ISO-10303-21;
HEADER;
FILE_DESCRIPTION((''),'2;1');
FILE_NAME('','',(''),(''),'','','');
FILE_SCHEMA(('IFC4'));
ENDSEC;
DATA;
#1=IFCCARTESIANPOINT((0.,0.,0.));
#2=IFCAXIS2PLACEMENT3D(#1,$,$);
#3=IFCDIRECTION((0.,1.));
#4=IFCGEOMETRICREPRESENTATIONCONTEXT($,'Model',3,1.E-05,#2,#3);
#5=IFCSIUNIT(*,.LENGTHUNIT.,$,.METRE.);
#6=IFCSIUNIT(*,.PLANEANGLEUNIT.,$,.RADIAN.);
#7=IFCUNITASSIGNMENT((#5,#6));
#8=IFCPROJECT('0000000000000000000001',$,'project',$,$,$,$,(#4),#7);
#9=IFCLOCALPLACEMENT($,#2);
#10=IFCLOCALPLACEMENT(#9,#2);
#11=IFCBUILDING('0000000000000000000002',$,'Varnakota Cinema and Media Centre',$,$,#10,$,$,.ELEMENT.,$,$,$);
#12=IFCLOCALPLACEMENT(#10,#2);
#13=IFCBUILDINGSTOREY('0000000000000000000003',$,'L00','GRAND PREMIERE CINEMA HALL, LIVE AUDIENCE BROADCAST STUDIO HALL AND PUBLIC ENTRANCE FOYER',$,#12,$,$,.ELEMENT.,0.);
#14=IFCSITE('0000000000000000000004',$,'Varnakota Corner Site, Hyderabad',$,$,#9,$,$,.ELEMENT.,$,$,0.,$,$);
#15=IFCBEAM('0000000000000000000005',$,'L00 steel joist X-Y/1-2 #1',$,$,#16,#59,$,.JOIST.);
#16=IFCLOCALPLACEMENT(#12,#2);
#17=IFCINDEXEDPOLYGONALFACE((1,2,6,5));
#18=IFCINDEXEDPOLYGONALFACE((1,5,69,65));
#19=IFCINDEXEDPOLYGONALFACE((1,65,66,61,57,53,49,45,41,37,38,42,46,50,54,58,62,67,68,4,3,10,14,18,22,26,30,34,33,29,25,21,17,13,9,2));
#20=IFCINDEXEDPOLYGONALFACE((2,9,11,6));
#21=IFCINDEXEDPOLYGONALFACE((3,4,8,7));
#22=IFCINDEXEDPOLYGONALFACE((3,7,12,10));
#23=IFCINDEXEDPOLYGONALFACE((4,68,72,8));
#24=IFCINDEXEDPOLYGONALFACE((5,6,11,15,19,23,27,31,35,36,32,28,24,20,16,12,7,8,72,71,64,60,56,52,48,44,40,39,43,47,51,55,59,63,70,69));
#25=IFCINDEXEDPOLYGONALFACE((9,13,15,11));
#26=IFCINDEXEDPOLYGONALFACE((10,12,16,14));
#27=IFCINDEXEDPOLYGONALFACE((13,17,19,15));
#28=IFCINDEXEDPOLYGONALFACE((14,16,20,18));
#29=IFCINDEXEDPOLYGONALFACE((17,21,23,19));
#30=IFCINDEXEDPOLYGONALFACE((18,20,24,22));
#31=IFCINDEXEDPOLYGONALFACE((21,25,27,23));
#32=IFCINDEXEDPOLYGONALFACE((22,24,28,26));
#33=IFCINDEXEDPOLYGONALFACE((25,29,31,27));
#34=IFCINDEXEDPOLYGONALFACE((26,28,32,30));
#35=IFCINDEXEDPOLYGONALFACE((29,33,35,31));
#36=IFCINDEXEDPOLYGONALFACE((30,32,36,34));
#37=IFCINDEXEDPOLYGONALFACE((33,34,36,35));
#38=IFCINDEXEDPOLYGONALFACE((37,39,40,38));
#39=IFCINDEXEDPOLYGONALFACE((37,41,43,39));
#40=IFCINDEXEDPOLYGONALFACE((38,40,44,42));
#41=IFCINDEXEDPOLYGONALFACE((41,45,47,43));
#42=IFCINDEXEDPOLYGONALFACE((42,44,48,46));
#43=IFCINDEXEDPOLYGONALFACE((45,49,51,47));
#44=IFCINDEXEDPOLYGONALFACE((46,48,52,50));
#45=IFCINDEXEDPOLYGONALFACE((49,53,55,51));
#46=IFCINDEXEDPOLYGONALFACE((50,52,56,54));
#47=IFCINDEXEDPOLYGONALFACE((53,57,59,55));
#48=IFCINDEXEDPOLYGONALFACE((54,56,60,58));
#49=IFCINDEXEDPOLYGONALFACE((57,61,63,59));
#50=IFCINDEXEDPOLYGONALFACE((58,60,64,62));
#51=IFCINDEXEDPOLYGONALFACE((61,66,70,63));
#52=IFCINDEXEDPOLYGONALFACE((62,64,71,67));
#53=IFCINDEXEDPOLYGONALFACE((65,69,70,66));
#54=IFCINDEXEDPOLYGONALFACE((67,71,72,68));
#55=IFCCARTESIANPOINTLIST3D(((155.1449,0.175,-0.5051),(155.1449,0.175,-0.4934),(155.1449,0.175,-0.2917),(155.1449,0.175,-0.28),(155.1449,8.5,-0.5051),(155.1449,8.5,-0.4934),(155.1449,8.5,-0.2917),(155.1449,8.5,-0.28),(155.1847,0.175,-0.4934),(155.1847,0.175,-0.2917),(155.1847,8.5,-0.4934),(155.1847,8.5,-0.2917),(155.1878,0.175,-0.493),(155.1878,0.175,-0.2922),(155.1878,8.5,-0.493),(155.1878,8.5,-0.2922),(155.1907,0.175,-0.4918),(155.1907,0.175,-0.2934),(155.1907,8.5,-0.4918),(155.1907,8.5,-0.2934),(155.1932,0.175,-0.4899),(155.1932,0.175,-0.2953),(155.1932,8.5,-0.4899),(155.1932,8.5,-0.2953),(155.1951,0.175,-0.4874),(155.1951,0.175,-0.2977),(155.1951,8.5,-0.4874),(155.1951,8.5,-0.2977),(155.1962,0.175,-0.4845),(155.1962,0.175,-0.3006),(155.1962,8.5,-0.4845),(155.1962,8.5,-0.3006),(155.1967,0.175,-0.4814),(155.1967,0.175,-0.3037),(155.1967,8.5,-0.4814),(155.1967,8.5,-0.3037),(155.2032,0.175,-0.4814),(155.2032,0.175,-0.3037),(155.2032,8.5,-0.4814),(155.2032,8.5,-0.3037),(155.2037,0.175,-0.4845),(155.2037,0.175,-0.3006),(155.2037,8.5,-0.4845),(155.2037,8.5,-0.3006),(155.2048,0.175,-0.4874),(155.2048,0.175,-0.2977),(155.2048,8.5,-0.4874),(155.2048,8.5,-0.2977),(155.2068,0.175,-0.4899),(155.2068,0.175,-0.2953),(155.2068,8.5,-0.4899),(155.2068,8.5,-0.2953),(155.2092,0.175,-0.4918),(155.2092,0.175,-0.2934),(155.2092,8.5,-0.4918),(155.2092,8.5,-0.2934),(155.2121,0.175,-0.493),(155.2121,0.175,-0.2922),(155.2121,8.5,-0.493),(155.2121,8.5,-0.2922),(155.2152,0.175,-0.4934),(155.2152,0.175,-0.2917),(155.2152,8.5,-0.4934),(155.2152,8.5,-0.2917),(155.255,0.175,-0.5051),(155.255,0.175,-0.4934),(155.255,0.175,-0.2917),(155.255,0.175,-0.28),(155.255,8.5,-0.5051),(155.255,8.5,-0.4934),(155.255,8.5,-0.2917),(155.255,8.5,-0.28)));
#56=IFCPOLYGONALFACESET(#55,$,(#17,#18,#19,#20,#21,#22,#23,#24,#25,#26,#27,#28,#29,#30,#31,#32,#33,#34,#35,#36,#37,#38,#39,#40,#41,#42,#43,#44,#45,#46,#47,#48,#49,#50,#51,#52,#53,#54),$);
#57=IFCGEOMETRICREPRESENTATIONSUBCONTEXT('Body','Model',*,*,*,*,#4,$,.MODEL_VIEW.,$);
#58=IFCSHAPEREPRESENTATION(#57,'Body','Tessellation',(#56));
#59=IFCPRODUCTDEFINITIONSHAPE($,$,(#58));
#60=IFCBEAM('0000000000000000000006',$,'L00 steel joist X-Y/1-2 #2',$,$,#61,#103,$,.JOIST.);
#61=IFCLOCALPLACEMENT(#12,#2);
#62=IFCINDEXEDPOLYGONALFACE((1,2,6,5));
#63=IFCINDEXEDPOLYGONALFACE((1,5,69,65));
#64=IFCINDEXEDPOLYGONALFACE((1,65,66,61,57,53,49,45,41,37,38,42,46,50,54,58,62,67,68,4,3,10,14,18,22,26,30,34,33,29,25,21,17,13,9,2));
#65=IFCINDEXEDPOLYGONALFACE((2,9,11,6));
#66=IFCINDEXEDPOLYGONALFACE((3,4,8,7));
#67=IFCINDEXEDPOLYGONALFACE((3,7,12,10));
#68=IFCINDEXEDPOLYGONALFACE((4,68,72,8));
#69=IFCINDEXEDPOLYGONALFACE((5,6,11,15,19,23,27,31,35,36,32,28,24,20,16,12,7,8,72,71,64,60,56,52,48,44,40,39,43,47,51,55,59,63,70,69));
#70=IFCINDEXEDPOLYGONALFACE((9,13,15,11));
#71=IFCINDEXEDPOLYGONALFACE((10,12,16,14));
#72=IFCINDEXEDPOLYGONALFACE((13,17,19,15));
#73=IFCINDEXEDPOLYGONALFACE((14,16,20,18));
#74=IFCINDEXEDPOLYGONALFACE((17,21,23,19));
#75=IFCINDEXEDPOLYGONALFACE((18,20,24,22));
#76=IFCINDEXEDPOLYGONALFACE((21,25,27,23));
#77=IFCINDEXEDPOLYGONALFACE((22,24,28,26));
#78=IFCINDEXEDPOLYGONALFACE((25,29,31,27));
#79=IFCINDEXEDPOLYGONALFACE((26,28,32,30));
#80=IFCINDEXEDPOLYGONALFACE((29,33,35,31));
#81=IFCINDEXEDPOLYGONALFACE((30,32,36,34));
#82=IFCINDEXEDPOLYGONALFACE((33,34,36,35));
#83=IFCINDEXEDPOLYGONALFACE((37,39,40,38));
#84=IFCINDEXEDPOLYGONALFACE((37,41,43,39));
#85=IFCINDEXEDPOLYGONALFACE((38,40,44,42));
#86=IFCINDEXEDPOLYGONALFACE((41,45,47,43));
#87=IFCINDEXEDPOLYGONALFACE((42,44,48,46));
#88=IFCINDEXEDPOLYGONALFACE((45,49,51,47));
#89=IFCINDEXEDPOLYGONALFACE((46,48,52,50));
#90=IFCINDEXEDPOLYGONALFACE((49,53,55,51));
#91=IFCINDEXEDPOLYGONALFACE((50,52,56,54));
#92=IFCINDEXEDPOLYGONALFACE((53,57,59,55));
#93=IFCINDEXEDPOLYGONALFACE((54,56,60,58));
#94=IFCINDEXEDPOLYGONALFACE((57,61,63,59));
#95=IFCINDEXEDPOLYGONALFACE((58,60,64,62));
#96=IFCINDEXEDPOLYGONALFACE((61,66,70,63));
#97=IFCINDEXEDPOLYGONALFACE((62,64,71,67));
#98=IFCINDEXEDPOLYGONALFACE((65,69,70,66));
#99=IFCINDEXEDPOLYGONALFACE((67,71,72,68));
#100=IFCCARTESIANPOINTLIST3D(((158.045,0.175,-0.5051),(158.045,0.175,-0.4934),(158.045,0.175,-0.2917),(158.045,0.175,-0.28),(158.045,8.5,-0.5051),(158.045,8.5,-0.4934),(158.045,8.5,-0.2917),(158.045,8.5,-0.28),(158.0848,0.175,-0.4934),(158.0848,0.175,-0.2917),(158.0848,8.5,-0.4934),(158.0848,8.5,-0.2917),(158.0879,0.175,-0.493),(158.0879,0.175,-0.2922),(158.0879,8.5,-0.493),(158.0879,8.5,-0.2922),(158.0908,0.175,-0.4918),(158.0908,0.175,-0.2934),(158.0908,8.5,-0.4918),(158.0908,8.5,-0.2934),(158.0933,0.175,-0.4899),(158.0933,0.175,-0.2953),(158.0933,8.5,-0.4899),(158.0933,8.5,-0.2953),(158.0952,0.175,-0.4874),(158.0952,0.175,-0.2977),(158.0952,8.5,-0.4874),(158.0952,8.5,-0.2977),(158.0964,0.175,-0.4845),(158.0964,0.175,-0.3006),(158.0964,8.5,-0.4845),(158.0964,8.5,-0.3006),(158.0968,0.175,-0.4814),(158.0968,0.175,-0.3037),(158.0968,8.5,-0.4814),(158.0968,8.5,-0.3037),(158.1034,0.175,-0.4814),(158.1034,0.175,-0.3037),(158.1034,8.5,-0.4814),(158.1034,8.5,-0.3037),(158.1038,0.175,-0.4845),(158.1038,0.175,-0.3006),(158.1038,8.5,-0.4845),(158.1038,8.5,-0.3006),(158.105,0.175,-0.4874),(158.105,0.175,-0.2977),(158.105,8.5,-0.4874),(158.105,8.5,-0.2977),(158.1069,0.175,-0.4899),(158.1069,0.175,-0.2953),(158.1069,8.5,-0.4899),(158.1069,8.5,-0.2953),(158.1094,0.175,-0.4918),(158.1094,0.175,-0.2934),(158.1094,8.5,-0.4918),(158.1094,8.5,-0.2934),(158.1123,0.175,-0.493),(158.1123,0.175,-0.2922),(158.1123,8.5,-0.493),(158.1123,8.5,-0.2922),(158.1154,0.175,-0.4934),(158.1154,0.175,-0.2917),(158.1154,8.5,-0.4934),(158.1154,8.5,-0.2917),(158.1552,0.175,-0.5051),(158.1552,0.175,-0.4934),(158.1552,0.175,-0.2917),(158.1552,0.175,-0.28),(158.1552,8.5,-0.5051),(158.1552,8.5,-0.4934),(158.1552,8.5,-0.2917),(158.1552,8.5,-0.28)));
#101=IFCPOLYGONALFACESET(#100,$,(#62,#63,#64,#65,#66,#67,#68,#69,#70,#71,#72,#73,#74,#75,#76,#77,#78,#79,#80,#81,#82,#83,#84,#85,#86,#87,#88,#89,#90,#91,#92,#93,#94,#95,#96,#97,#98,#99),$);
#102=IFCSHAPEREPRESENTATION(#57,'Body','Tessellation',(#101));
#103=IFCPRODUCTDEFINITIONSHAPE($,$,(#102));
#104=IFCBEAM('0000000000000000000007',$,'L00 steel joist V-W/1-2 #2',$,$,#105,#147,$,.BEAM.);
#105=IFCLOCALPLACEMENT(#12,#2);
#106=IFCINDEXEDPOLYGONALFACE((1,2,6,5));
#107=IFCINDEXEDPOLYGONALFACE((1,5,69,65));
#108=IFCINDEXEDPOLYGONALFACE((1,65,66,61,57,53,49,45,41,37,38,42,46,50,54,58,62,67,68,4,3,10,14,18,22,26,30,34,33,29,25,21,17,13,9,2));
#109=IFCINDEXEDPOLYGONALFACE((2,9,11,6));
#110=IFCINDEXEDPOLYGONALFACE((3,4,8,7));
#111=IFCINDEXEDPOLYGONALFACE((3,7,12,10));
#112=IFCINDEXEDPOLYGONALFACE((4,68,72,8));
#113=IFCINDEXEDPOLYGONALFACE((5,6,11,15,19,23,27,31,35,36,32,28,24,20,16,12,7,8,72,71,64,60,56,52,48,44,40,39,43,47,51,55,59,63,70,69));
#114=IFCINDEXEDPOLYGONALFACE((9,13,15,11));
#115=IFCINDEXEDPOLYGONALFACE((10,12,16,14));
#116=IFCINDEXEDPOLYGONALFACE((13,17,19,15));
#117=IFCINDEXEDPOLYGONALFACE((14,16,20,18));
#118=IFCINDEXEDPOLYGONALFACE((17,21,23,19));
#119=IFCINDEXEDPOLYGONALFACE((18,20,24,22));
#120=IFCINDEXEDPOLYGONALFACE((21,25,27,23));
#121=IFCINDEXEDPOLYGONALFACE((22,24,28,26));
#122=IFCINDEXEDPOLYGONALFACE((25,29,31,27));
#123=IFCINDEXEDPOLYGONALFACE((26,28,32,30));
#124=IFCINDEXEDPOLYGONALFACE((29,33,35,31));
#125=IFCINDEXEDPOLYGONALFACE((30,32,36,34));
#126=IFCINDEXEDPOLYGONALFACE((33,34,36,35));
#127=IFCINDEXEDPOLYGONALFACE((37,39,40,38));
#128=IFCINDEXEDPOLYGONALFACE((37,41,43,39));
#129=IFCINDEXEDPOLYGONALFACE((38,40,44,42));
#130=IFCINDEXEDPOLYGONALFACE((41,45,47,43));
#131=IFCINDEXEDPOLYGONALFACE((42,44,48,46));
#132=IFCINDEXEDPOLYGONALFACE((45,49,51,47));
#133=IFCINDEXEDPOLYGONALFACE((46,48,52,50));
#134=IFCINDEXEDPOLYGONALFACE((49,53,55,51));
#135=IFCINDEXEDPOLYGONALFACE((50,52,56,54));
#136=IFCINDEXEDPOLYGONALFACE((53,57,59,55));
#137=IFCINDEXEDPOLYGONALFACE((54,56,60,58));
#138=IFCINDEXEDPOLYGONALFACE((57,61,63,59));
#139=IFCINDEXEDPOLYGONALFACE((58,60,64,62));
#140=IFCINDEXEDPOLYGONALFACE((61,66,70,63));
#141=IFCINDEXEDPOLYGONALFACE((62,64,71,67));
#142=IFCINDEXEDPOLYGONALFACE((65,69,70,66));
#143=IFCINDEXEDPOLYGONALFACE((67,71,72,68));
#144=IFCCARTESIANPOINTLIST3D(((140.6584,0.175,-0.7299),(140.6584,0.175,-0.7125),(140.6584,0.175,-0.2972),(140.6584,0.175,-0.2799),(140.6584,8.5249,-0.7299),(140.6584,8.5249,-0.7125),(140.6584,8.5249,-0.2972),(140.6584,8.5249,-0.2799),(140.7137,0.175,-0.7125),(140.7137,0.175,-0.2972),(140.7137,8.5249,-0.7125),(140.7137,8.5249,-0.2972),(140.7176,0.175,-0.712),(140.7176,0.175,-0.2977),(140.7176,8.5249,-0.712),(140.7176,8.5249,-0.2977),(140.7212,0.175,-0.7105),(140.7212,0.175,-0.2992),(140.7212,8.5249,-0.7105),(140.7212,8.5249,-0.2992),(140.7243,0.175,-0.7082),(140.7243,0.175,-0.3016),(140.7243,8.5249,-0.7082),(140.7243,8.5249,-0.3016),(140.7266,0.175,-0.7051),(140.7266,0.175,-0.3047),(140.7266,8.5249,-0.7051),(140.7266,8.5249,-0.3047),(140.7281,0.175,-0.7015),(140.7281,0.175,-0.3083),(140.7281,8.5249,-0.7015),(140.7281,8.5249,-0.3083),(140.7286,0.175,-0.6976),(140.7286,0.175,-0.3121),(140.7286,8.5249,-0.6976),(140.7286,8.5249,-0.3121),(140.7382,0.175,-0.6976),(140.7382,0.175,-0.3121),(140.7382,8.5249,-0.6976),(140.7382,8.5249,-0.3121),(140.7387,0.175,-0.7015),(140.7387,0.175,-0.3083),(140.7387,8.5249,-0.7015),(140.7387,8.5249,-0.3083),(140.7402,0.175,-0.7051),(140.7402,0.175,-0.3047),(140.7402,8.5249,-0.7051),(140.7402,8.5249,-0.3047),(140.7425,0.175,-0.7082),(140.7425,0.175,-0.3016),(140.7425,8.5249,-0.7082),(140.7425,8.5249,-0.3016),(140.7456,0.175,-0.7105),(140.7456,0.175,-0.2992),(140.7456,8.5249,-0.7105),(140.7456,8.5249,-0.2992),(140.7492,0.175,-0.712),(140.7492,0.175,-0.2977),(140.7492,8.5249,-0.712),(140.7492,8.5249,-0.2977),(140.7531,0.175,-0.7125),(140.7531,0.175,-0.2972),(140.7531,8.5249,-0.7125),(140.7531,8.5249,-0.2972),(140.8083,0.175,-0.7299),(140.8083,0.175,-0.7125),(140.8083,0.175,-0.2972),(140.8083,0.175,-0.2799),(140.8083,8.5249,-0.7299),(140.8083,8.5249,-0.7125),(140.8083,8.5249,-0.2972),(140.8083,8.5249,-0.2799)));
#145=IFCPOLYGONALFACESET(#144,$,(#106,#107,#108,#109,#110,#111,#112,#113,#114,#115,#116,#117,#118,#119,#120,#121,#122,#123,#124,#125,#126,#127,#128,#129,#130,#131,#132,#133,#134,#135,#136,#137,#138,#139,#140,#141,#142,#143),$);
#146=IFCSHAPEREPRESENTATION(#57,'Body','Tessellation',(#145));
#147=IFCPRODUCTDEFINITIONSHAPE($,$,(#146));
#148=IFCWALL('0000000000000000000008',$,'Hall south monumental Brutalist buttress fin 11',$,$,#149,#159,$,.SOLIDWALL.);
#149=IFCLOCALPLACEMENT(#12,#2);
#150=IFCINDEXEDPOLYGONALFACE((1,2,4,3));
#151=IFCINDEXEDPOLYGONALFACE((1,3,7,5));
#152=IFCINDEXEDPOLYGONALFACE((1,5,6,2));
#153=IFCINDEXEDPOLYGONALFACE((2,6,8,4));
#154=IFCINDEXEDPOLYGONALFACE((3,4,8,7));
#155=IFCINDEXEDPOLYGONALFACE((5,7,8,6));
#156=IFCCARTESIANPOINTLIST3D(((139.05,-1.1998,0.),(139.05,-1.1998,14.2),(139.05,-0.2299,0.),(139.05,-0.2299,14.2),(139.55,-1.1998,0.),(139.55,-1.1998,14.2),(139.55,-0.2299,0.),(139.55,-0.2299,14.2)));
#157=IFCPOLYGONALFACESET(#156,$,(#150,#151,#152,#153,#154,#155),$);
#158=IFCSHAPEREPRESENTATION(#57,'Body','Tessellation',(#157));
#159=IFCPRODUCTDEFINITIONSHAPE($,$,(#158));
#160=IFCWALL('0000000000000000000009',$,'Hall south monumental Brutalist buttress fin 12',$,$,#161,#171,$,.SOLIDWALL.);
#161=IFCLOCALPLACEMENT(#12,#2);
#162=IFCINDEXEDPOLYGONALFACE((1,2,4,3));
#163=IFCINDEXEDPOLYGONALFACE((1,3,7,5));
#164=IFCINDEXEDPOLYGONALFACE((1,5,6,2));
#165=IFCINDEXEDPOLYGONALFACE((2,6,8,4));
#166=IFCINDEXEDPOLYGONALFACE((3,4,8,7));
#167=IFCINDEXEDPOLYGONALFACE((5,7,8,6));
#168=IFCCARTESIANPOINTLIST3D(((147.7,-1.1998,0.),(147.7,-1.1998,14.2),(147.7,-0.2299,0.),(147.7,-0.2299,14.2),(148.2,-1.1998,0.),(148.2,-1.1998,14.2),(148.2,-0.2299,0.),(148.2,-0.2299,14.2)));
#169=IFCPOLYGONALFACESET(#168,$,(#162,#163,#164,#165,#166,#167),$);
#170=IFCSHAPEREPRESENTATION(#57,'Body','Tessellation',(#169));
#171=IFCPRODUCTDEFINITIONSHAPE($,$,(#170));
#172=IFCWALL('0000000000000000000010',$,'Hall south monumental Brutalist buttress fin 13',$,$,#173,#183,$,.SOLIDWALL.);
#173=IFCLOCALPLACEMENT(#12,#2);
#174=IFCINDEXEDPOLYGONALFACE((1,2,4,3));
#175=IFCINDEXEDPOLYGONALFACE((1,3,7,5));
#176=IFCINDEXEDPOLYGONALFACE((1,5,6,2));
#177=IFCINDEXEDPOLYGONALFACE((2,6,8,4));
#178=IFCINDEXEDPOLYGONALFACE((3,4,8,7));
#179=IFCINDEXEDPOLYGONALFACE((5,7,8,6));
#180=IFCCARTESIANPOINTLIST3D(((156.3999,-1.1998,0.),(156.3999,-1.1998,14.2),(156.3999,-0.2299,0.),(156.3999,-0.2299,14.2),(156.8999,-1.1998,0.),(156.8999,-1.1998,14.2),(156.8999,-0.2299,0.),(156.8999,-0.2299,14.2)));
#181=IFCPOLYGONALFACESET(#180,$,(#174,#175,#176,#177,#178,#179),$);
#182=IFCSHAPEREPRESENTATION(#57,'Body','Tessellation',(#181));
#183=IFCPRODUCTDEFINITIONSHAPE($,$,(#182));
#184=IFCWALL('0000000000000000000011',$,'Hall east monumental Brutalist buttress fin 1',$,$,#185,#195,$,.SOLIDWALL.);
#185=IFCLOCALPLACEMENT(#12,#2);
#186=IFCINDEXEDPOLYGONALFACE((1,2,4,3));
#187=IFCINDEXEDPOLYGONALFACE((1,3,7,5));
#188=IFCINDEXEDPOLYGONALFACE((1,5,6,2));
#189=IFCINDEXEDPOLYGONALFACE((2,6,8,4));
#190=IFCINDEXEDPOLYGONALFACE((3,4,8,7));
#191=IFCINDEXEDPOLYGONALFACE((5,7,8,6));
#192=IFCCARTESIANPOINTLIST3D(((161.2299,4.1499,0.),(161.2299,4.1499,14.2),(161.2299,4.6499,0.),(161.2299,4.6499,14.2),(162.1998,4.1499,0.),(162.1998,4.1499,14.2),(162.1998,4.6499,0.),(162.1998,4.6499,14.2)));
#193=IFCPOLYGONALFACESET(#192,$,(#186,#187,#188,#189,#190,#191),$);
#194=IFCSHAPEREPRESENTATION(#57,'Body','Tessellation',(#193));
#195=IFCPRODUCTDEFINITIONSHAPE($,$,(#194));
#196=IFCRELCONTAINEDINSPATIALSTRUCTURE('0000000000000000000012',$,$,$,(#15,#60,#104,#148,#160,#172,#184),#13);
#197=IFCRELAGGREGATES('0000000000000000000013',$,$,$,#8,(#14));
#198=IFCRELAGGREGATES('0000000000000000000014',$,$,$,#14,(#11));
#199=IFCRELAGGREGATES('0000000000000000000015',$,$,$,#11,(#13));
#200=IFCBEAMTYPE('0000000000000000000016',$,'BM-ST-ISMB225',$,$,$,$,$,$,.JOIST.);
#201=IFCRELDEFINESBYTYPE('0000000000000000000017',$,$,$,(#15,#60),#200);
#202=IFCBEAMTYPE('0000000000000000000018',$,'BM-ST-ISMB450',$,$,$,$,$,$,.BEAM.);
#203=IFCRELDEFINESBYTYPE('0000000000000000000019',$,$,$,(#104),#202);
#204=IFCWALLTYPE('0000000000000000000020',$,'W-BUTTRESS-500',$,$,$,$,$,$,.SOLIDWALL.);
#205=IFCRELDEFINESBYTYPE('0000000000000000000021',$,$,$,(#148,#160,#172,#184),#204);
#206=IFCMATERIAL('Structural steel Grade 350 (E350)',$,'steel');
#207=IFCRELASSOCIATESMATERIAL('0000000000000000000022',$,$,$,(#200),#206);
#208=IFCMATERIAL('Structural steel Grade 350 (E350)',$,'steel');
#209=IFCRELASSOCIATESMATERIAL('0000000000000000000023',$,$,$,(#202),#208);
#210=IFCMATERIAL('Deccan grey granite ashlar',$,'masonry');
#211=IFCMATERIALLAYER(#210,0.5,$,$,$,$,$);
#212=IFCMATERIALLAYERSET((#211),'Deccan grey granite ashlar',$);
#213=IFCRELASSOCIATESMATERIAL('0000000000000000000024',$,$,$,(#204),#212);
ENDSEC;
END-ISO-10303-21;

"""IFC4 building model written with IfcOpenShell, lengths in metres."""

from ifc_helpers import new_model, si_unit, direction, frame, frame_2d, origin, origin_2d, place, context, subcontext, project, spatial, rectangle, i_section, extrude, material, layer, layer_set, material_profile, profile_set, type_object, element, save


model = new_model("IFC4")

# Units and contexts
model_context = context("Model", 3, precision=1e-05, world=origin(), true_north=direction((0.0, 1.0)))
body_context = subcontext(model_context, "Body", "Model", "MODEL_VIEW")
ifc_project = project(units=[si_unit("LENGTHUNIT", "METRE"), si_unit("PLANEANGLEUNIT", "RADIAN")], contexts=[model_context])

# Site, building, storey
site_placement = place(None, origin())
site = spatial("IfcSite", under=ifc_project, at=site_placement, Name="Varnakota Corner Site, Hyderabad", CompositionType="ELEMENT", RefElevation=0.0)
building_placement = place(site_placement, origin())
building = spatial("IfcBuilding", under=site, at=building_placement, Name="Varnakota Cinema and Media Centre", CompositionType="ELEMENT")
storey_placement = place(building_placement, origin())
storey = spatial("IfcBuildingStorey", under=building, at=storey_placement, Name="L00", Description="GRAND PREMIERE CINEMA HALL, LIVE AUDIENCE BROADCAST STUDIO HALL AND PUBLIC ENTRANCE FOYER", CompositionType="ELEMENT", Elevation=0.0)

# Beams
ifc_material_1 = material(Name="Structural steel Grade 350 (E350)", Category="steel")
ifc_material_profile_1 = material_profile(ifc_material_1, i_section(OverallWidth=0.1101, OverallDepth=0.2251, WebThickness=0.0066, FlangeThickness=0.0117, FilletRadius=0.012, at=origin_2d()), Name="ISMB 225")
ifc_profile_set_1 = profile_set([ifc_material_profile_1], Name="Structural steel Grade 350 (E350)")
beam_type_1 = type_object("IfcBeamType", Name="BM-ST-ISMB225", PredefinedType="JOIST", material=ifc_profile_set_1)
for number, where, z_axis, x_axis, name in (
    (1, (155.2, 0.175, -0.3926), (0.0, 1.0, 0.0), (-1.0, 0.0, 0.0), "L00 steel joist X-Y/1-2 #1"),
    (2, (158.1001, 0.175, -0.3926), (0.0, 1.0, 0.0), (-1.0, 0.0, 0.0), "L00 steel joist X-Y/1-2 #2"),
):
    element("IfcBeam", number, at=place(storey_placement, frame(where, z_axis=z_axis, x_axis=x_axis)), inside=storey, type_object=beam_type_1, Name=name, PredefinedType="JOIST", context=body_context, shape_type="SweptSolid", body=[
        extrude(i_section(OverallWidth=0.1101, OverallDepth=0.2251, WebThickness=0.0066, FlangeThickness=0.0117, FilletRadius=0.012, at=origin_2d()), origin(), (0.0, 0.0, 1.0), 8.325),
    ])
ifc_material_2 = material(Name="Structural steel Grade 350 (E350)", Category="steel")
ifc_material_profile_2 = material_profile(ifc_material_2, i_section(OverallWidth=0.1499, OverallDepth=0.45, WebThickness=0.0095, FlangeThickness=0.0173, FilletRadius=0.0149, at=origin_2d()), Name="ISMB 450")
ifc_profile_set_2 = profile_set([ifc_material_profile_2], Name="Structural steel Grade 350 (E350)")
beam_type_2 = type_object("IfcBeamType", Name="BM-ST-ISMB450", PredefinedType="BEAM", material=ifc_profile_set_2)
beam_1_placement = place(storey_placement, frame((140.7334, 0.175, -0.5049), z_axis=(0.0, 1.0, 0.0), x_axis=(-1.0, 0.0, 0.0)))
element("IfcBeam", 3, at=beam_1_placement, inside=storey, type_object=beam_type_2, Name="L00 steel joist V-W/1-2 #2", PredefinedType="BEAM", context=body_context, shape_type="SweptSolid", body=[
    extrude(i_section(OverallWidth=0.1499, OverallDepth=0.45, WebThickness=0.0095, FlangeThickness=0.0173, FilletRadius=0.0149, at=origin_2d()), origin(), (0.0, 0.0, 1.0), 8.3499),
])

# Walls
ifc_material_3 = material(Name="Deccan grey granite ashlar", Category="masonry")
ifc_layer_1 = layer(ifc_material_3, 0.5)
ifc_layer_set_1 = layer_set([ifc_layer_1], Name="Deccan grey granite ashlar")
wall_type_1 = type_object("IfcWallType", Name="W-BUTTRESS-500", PredefinedType="SOLIDWALL", material=ifc_layer_set_1)
for number, where, z_axis, x_axis, name in (
    (4, (139.3, -0.23, 0.0), (0.0, 0.0, 1.0), (0.0, -1.0, 0.0), "Hall south monumental Brutalist buttress fin 11"),
    (5, (147.95, -0.23, 0.0), (0.0, 0.0, 1.0), (0.0, -1.0, 0.0), "Hall south monumental Brutalist buttress fin 12"),
    (6, (156.6499, -0.23, 0.0), (0.0, 0.0, 1.0), (0.0, -1.0, 0.0), "Hall south monumental Brutalist buttress fin 13"),
    (7, (161.23, 4.3999, 0.0), (0.0, 0.0, 1.0), (1.0, 0.0, 0.0), "Hall east monumental Brutalist buttress fin 1"),
):
    element("IfcWall", number, at=place(storey_placement, frame(where, z_axis=z_axis, x_axis=x_axis)), inside=storey, type_object=wall_type_1, Name=name, PredefinedType="SOLIDWALL", context=body_context, shape_type="SweptSolid", body=[
        extrude(rectangle(XDim=0.97, YDim=0.5, at=frame_2d((0.4849, 0.0))), origin(), (0.0, 0.0, 1.0), 14.2),
    ])

save(model, "model.ifc")
